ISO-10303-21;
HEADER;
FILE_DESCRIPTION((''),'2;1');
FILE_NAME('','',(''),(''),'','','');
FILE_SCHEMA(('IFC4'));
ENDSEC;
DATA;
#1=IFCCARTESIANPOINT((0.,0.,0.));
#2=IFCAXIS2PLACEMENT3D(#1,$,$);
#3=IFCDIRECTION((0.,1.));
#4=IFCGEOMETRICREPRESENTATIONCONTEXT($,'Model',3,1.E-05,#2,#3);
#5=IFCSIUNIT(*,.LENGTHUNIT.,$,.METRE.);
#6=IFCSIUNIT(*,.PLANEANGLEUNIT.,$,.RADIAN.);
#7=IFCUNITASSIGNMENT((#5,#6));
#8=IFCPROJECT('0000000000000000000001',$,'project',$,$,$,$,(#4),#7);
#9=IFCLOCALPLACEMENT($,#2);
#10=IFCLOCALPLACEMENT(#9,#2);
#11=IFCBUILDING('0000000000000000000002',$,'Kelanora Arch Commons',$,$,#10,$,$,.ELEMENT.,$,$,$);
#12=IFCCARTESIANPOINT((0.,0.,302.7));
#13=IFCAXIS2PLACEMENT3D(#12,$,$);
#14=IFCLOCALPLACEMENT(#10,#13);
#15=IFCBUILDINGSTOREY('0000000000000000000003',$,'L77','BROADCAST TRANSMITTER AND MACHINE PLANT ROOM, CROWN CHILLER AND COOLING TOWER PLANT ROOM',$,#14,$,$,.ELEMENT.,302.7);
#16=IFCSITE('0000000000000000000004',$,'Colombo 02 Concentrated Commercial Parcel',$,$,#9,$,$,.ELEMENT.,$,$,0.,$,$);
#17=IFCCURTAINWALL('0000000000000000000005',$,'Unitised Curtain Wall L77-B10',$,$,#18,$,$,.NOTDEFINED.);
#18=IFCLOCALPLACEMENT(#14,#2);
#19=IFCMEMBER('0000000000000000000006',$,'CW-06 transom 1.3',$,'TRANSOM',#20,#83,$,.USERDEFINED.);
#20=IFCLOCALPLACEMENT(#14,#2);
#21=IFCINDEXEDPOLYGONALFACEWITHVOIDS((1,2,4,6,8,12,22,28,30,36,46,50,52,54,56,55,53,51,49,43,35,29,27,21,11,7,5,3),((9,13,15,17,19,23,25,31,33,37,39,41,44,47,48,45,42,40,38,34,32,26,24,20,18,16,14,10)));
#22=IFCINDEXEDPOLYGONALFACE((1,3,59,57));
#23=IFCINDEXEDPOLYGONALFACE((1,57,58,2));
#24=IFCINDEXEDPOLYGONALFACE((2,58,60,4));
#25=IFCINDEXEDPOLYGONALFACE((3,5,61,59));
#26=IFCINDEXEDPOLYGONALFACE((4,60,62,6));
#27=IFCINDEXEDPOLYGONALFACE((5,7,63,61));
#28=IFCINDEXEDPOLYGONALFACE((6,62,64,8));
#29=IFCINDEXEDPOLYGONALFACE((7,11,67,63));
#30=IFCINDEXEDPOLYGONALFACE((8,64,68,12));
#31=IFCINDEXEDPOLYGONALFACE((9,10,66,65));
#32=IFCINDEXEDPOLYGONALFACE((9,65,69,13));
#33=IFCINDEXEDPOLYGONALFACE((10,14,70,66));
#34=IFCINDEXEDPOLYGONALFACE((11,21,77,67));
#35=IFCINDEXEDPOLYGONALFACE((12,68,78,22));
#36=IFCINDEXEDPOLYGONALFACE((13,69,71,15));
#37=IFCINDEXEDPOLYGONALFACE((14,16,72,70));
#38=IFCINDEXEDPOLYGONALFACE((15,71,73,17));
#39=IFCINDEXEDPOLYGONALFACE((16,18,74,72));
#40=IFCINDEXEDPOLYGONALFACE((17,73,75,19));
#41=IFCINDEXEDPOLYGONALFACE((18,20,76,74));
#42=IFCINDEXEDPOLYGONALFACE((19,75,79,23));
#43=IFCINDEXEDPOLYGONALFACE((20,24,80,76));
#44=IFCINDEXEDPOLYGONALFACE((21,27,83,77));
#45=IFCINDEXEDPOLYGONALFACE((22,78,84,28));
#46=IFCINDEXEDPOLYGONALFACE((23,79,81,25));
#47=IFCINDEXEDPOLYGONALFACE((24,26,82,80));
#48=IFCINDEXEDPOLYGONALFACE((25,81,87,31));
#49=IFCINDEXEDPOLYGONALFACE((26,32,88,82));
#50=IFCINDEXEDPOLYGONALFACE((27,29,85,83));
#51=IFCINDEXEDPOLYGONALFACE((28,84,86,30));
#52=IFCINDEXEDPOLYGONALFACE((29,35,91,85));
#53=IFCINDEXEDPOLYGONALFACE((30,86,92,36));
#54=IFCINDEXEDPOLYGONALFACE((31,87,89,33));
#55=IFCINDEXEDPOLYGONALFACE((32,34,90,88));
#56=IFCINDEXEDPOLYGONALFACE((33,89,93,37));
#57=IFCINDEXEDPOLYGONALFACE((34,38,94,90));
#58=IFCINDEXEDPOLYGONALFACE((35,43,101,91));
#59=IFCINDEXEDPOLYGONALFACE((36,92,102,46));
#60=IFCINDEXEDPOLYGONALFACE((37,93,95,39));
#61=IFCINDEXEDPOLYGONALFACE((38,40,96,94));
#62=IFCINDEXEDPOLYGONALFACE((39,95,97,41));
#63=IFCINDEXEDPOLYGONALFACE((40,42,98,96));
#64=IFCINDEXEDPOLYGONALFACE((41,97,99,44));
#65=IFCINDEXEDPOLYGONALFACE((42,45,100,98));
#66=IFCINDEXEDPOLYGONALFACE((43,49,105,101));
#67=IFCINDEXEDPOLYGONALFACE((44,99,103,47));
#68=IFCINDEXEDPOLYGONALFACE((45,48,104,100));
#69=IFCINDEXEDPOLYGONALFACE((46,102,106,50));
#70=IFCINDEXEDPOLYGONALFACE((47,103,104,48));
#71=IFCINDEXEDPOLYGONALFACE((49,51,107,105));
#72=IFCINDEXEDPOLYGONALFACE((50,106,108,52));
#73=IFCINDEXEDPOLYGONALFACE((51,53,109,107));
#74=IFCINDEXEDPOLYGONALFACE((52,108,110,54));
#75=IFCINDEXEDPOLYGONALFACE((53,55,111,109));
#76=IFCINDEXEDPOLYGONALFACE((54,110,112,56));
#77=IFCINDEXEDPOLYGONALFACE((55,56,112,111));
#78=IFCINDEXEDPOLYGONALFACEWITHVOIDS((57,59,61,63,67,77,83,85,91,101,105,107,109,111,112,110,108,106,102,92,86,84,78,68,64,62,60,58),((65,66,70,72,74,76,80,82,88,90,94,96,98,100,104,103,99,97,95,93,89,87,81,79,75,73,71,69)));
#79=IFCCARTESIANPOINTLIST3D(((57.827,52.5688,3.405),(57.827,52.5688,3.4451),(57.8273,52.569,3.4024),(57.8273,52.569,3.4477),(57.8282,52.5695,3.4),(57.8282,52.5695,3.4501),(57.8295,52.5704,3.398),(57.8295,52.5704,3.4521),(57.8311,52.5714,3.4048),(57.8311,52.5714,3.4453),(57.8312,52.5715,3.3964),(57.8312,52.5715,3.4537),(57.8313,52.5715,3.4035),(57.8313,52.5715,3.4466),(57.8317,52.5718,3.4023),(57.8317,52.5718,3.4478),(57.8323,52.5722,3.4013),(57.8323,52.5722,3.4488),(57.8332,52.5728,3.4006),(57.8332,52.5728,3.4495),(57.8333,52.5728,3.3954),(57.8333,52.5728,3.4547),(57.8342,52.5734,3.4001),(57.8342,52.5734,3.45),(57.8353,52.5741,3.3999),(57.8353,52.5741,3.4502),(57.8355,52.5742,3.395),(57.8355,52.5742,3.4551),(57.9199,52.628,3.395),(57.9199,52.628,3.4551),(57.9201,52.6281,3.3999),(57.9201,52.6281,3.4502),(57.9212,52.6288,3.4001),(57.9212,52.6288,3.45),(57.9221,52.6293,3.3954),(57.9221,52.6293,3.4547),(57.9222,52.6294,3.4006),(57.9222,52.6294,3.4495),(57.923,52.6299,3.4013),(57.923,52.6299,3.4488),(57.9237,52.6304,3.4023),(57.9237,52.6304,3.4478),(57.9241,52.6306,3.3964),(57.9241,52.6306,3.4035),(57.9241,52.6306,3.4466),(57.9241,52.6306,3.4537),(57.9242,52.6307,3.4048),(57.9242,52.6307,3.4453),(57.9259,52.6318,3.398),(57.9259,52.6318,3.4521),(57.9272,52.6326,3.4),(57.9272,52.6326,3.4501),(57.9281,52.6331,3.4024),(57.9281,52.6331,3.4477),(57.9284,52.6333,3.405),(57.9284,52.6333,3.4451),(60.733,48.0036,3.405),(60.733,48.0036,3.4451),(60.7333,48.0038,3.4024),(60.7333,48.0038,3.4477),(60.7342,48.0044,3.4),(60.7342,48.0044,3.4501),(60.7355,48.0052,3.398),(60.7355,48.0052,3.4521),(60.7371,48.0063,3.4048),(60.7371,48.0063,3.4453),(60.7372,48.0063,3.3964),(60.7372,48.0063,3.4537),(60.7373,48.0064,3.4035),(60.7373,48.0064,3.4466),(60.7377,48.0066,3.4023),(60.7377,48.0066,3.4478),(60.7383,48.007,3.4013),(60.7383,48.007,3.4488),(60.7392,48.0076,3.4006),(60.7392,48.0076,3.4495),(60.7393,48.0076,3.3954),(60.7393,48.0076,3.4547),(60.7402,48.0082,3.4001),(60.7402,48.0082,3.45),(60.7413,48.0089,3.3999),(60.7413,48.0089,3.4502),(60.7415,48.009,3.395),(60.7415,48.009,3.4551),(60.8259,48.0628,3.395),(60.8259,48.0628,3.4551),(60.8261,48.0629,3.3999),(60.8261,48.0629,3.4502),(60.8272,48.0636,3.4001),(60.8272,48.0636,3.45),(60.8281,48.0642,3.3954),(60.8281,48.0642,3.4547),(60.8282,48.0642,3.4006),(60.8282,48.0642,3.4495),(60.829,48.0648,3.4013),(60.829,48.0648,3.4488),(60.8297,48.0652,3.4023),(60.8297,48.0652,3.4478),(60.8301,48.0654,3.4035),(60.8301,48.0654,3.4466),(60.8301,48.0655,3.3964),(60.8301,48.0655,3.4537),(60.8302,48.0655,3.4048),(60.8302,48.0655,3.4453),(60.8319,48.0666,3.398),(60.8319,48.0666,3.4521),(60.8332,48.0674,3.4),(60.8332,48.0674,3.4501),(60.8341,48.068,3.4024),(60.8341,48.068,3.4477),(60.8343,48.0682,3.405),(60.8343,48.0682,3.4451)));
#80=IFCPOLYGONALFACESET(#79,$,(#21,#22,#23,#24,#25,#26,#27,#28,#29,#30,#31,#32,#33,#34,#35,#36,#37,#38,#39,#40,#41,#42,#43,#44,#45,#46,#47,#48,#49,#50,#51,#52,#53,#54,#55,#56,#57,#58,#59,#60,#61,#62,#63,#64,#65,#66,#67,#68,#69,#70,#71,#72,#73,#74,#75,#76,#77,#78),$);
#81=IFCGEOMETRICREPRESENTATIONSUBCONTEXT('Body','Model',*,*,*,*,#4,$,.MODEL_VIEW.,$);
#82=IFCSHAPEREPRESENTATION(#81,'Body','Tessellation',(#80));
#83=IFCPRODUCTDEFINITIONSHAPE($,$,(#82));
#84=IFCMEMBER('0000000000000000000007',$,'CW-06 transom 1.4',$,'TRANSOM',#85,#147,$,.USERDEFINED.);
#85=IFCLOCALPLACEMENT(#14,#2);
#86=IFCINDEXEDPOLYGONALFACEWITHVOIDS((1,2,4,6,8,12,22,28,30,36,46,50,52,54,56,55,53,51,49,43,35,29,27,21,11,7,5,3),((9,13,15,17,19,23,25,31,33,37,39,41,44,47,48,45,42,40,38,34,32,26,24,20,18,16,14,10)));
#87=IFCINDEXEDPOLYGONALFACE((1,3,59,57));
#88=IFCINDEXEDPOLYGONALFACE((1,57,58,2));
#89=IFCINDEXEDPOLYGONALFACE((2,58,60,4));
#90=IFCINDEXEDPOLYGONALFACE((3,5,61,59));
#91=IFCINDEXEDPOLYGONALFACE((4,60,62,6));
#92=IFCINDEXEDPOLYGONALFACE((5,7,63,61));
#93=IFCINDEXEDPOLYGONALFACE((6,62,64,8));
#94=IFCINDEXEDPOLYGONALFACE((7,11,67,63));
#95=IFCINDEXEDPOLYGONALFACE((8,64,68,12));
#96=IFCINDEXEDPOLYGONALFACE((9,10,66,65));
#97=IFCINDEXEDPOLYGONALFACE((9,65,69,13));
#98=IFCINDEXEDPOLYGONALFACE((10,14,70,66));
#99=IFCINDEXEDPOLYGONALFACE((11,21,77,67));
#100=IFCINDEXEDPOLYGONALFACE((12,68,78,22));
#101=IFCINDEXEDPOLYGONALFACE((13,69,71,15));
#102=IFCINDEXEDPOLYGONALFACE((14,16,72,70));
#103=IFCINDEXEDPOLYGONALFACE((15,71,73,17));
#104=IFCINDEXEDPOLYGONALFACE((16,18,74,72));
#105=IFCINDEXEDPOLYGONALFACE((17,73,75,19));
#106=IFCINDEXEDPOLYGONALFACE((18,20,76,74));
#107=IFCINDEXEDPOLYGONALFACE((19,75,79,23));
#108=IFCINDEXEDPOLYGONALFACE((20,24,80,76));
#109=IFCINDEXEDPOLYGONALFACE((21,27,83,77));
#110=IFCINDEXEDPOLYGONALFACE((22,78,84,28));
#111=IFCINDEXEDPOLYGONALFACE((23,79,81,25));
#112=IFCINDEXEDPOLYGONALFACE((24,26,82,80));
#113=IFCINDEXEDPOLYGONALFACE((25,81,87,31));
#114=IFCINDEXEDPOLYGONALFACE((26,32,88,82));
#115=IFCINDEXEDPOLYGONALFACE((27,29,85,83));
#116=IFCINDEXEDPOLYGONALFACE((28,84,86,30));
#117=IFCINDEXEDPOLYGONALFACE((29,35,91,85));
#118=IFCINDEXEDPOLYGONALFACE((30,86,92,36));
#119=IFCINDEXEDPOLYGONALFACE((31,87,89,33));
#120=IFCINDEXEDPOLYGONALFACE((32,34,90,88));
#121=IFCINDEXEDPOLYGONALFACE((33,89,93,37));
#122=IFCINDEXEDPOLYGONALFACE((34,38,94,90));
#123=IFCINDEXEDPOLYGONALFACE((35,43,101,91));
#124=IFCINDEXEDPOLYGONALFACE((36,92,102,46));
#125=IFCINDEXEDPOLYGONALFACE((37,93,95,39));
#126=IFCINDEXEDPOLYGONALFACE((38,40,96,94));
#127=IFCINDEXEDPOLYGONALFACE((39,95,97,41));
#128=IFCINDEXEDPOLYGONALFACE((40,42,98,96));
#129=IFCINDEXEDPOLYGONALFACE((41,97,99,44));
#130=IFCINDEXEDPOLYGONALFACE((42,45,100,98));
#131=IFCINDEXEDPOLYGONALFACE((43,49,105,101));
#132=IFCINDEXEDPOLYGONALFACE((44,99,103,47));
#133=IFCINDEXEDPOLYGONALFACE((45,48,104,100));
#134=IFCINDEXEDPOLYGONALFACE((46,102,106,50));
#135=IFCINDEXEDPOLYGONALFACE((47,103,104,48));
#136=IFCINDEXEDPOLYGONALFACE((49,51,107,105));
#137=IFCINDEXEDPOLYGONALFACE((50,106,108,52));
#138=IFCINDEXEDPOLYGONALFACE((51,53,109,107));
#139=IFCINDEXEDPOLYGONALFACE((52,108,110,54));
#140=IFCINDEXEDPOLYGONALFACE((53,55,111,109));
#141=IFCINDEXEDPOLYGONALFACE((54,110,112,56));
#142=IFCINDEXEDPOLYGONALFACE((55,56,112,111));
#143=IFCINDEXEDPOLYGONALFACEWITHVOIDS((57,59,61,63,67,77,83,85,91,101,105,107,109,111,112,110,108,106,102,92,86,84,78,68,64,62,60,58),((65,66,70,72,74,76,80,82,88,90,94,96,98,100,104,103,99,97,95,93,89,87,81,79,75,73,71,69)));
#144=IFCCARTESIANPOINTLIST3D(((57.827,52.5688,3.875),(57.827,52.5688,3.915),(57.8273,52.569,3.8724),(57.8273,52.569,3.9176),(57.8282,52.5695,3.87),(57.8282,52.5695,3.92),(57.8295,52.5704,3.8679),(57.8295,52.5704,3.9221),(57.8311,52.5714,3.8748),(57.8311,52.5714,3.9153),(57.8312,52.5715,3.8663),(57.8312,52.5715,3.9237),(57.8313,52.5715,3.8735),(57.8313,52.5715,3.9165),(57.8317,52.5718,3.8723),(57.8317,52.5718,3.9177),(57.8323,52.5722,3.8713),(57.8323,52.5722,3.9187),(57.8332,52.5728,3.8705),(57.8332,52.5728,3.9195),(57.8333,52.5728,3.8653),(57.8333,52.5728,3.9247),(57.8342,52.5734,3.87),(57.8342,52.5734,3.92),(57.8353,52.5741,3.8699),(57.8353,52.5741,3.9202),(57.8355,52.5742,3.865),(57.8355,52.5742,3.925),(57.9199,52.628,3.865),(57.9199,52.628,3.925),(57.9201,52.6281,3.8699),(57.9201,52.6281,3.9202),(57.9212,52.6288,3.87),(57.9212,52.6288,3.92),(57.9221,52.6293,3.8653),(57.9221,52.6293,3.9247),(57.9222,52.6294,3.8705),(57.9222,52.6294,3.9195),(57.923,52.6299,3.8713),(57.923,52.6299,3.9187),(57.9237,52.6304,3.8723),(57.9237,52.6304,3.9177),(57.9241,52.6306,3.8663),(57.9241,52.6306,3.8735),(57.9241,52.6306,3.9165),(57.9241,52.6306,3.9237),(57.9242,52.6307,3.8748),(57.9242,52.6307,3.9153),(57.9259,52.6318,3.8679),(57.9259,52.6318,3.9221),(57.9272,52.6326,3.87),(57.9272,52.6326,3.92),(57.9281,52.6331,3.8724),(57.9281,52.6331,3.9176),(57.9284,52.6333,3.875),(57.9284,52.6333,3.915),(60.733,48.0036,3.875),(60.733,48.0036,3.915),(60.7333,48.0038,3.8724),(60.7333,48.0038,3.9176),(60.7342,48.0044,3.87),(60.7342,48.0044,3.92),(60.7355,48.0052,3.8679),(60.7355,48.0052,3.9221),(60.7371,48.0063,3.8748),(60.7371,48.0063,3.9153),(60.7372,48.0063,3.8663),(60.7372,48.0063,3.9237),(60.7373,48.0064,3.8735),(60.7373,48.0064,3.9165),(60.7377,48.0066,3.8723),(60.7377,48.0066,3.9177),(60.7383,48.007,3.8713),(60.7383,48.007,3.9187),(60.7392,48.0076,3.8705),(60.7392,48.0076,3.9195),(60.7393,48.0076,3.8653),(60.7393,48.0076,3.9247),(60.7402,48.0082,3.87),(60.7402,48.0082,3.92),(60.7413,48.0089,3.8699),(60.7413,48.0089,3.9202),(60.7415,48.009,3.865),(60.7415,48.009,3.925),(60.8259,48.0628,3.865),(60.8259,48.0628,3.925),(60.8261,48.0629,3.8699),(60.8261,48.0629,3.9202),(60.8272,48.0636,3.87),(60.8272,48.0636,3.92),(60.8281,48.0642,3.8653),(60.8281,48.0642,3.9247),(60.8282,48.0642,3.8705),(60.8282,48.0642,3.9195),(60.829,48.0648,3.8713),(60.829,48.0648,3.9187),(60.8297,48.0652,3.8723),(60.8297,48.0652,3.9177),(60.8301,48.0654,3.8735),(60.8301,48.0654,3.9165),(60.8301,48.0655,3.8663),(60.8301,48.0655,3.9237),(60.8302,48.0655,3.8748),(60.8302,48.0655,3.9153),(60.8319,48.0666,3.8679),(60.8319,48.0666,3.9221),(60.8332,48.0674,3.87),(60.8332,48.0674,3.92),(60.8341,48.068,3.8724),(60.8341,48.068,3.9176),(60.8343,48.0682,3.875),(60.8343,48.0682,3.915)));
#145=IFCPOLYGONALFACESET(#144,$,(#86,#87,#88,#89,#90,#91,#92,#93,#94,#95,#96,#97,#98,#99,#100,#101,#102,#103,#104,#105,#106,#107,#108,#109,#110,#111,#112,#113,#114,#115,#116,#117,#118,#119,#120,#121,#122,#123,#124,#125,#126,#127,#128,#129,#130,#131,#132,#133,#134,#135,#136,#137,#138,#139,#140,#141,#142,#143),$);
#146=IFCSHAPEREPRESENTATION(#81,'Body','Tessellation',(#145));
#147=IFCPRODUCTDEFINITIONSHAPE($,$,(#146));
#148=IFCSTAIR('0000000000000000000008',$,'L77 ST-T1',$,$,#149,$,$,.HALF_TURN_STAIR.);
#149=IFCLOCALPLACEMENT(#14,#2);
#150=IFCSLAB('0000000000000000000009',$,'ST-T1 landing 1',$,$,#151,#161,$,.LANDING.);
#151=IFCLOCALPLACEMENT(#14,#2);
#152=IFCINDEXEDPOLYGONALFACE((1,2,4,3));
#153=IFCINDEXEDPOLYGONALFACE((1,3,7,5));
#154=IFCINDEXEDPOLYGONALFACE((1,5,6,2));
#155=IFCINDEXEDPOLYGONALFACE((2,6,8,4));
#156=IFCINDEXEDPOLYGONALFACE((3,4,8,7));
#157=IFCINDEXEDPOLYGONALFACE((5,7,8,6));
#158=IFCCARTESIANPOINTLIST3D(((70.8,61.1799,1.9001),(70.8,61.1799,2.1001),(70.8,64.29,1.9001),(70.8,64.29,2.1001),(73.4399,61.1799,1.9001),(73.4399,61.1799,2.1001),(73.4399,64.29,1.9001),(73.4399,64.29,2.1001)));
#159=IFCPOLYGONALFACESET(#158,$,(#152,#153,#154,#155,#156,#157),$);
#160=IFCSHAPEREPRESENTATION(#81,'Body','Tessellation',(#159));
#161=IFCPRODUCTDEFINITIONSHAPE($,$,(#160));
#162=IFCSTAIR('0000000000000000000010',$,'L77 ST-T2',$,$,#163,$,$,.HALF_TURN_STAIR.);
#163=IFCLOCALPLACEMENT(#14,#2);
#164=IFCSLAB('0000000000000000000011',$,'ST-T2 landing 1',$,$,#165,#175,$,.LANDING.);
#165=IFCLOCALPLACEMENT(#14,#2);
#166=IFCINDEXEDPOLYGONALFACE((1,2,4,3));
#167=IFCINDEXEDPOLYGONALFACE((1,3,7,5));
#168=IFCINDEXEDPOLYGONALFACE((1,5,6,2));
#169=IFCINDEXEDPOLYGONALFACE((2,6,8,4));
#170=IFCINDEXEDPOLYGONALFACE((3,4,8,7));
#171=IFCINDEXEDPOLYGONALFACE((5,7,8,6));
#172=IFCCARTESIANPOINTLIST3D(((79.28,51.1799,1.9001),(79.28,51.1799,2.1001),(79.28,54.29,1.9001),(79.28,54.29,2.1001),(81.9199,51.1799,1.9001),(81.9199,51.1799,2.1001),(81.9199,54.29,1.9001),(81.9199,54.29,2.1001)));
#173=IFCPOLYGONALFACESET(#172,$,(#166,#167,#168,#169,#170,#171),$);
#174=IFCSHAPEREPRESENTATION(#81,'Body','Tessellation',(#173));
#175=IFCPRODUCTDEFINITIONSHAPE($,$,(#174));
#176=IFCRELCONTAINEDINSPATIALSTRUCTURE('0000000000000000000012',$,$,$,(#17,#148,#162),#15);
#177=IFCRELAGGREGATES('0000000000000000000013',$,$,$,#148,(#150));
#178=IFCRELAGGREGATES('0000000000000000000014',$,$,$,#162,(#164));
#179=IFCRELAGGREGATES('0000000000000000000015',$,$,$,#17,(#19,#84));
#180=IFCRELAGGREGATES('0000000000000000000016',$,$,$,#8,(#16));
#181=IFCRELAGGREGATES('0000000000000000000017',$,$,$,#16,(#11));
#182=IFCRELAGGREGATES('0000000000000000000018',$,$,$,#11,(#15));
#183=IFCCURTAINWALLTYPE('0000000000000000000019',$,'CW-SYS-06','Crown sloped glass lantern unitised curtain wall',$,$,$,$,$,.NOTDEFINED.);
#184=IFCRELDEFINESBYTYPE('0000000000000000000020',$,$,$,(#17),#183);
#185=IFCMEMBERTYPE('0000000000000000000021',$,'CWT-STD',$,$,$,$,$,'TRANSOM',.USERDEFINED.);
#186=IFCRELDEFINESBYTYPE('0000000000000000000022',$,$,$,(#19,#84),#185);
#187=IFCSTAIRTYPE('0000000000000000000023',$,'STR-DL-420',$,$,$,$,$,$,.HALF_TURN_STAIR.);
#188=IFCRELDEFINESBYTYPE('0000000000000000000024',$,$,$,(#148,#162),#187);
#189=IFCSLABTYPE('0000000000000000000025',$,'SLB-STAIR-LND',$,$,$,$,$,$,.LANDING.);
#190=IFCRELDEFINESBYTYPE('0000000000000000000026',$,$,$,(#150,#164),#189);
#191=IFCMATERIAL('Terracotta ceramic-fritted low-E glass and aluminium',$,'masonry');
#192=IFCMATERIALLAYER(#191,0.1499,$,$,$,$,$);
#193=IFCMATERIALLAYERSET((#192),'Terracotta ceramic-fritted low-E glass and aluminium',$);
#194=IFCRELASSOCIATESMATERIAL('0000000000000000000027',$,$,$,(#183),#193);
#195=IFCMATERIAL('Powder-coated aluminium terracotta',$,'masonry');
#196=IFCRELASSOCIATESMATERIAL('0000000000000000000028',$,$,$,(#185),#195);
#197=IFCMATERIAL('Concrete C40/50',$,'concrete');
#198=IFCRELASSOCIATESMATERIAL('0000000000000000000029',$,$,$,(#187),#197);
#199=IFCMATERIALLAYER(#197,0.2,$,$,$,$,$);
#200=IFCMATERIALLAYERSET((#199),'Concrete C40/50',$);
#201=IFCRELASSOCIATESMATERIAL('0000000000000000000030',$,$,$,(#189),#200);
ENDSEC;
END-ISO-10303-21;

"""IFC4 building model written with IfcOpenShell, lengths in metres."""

from ifc_helpers import new_model, si_unit, direction, frame, origin, origin_2d, place, context, subcontext, project, spatial, polyline, hollow_rectangle, outline, extrude, material, layer, layer_set, material_profile, profile_set, type_object, element, aggregate, save


model = new_model("IFC4")

# Units and contexts
model_context = context("Model", 3, precision=1e-05, world=origin(), true_north=direction((0.0, 1.0)))
body_context = subcontext(model_context, "Body", "Model", "MODEL_VIEW")
ifc_project = project(units=[si_unit("LENGTHUNIT", "METRE"), si_unit("PLANEANGLEUNIT", "RADIAN")], contexts=[model_context])

# Site, building, storey
site_placement = place(None, origin())
site = spatial("IfcSite", under=ifc_project, at=site_placement, Name="Colombo 02 Concentrated Commercial Parcel", CompositionType="ELEMENT", RefElevation=0.0)
building_placement = place(site_placement, origin())
building = spatial("IfcBuilding", under=site, at=building_placement, Name="Kelanora Arch Commons", CompositionType="ELEMENT")
storey_placement = place(building_placement, frame((0.0, 0.0, 302.7)))
storey = spatial("IfcBuildingStorey", under=building, at=storey_placement, Name="L77", Description="BROADCAST TRANSMITTER AND MACHINE PLANT ROOM, CROWN CHILLER AND COOLING TOWER PLANT ROOM", CompositionType="ELEMENT", Elevation=302.7)

# Curtain wall
ifc_material_1 = material(Name="Terracotta ceramic-fritted low-E glass and aluminium", Category="masonry")
ifc_layer_1 = layer(ifc_material_1, 0.1499)
ifc_layer_set_1 = layer_set([ifc_layer_1], Name="Terracotta ceramic-fritted low-E glass and aluminium")
curtain_wall_type = type_object("IfcCurtainWallType", Name="CW-SYS-06", Description="Crown sloped glass lantern unitised curtain wall", PredefinedType="NOTDEFINED", material=ifc_layer_set_1)
ifc_material_2 = material(Name="Powder-coated aluminium terracotta", Category="masonry")
curtain_wall_1_placement = place(storey_placement, origin())
curtain_wall_1 = element("IfcCurtainWall", 1, at=curtain_wall_1_placement, inside=storey, type_object=curtain_wall_type, Name="Unitised Curtain Wall L77-B10", PredefinedType="NOTDEFINED")

# Members
ifc_material_profile_1 = material_profile(ifc_material_2, hollow_rectangle(XDim=0.1201, YDim=0.0601, WallThickness=0.0049, InnerFilletRadius=0.0049, OuterFilletRadius=0.01, at=origin_2d()), Name="CWT120x60")
ifc_profile_set_1 = profile_set([ifc_material_profile_1], Name="Powder-coated aluminium terracotta")
member_type_1 = type_object("IfcMemberType", Name="CWT-STD", ElementType="TRANSOM", PredefinedType="USERDEFINED", material=ifc_profile_set_1)
member_1_placement = place(storey_placement, frame((57.8777, 52.6011, 3.425), z_axis=(0.536992, -0.843587, 0.0), x_axis=(0.843587, 0.536992, 0.0)))
member_1 = element("IfcMember", 2, at=member_1_placement, type_object=member_type_1, Name="CW-06 transom 1.3", ObjectType="TRANSOM", PredefinedType="USERDEFINED", context=body_context, shape_type="SweptSolid", body=[
    extrude(hollow_rectangle(XDim=0.1201, YDim=0.0601, WallThickness=0.0049, InnerFilletRadius=0.0049, OuterFilletRadius=0.01, at=origin_2d()), origin(), (0.0, 0.0, 1.0), 5.4116),
])
member_2_placement = place(storey_placement, frame((57.8777, 52.6011, 3.895), z_axis=(0.536992, -0.843587, 0.0), x_axis=(0.843587, 0.536992, 0.0)))
member_2 = element("IfcMember", 3, at=member_2_placement, type_object=member_type_1, Name="CW-06 transom 1.4", ObjectType="TRANSOM", PredefinedType="USERDEFINED", context=body_context, shape_type="SweptSolid", body=[
    extrude(hollow_rectangle(XDim=0.1201, YDim=0.0601, WallThickness=0.0049, InnerFilletRadius=0.0049, OuterFilletRadius=0.01, at=origin_2d()), origin(), (0.0, 0.0, 1.0), 5.4116),
])

# Stairs, slabs
ifc_material_3 = material(Name="Concrete C40/50", Category="concrete")
stair_type = type_object("IfcStairType", Name="STR-DL-420", PredefinedType="HALF_TURN_STAIR", material=ifc_material_3)
stair_1_placement = place(storey_placement, origin())
stair_1 = element("IfcStair", 4, at=stair_1_placement, inside=storey, type_object=stair_type, Name="L77 ST-T1", PredefinedType="HALF_TURN_STAIR")
ifc_layer_2 = layer(ifc_material_3, 0.2)
ifc_layer_set_2 = layer_set([ifc_layer_2], Name="Concrete C40/50")
slab_type_1 = type_object("IfcSlabType", Name="SLB-STAIR-LND", PredefinedType="LANDING", material=ifc_layer_set_2)
slab_1_placement = place(storey_placement, frame((0.0, 0.0, 1.9001)))
slab_1 = element("IfcSlab", 5, at=slab_1_placement, type_object=slab_type_1, Name="ST-T1 landing 1", PredefinedType="LANDING", context=body_context, shape_type="SweptSolid", body=[
    extrude(outline(polyline([(70.8, 61.1799), (73.4399, 61.1799), (73.4399, 64.29), (70.8, 64.29), (70.8, 61.1799)])), origin(), (0.0, 0.0, 1.0), 0.2),
])
aggregate(stair_1, [slab_1])
stair_2_placement = place(storey_placement, origin())
stair_2 = element("IfcStair", 6, at=stair_2_placement, inside=storey, type_object=stair_type, Name="L77 ST-T2", PredefinedType="HALF_TURN_STAIR")
slab_2_placement = place(storey_placement, frame((0.0, 0.0, 1.9001)))
slab_2 = element("IfcSlab", 7, at=slab_2_placement, type_object=slab_type_1, Name="ST-T2 landing 1", PredefinedType="LANDING", context=body_context, shape_type="SweptSolid", body=[
    extrude(outline(polyline([(79.28, 51.1799), (81.9199, 51.1799), (81.9199, 54.29), (79.28, 54.29), (79.28, 51.1799)])), origin(), (0.0, 0.0, 1.0), 0.2),
])
aggregate(stair_2, [slab_2])

aggregate(curtain_wall_1, [member_1, member_2])

save(model, "model.ifc")
